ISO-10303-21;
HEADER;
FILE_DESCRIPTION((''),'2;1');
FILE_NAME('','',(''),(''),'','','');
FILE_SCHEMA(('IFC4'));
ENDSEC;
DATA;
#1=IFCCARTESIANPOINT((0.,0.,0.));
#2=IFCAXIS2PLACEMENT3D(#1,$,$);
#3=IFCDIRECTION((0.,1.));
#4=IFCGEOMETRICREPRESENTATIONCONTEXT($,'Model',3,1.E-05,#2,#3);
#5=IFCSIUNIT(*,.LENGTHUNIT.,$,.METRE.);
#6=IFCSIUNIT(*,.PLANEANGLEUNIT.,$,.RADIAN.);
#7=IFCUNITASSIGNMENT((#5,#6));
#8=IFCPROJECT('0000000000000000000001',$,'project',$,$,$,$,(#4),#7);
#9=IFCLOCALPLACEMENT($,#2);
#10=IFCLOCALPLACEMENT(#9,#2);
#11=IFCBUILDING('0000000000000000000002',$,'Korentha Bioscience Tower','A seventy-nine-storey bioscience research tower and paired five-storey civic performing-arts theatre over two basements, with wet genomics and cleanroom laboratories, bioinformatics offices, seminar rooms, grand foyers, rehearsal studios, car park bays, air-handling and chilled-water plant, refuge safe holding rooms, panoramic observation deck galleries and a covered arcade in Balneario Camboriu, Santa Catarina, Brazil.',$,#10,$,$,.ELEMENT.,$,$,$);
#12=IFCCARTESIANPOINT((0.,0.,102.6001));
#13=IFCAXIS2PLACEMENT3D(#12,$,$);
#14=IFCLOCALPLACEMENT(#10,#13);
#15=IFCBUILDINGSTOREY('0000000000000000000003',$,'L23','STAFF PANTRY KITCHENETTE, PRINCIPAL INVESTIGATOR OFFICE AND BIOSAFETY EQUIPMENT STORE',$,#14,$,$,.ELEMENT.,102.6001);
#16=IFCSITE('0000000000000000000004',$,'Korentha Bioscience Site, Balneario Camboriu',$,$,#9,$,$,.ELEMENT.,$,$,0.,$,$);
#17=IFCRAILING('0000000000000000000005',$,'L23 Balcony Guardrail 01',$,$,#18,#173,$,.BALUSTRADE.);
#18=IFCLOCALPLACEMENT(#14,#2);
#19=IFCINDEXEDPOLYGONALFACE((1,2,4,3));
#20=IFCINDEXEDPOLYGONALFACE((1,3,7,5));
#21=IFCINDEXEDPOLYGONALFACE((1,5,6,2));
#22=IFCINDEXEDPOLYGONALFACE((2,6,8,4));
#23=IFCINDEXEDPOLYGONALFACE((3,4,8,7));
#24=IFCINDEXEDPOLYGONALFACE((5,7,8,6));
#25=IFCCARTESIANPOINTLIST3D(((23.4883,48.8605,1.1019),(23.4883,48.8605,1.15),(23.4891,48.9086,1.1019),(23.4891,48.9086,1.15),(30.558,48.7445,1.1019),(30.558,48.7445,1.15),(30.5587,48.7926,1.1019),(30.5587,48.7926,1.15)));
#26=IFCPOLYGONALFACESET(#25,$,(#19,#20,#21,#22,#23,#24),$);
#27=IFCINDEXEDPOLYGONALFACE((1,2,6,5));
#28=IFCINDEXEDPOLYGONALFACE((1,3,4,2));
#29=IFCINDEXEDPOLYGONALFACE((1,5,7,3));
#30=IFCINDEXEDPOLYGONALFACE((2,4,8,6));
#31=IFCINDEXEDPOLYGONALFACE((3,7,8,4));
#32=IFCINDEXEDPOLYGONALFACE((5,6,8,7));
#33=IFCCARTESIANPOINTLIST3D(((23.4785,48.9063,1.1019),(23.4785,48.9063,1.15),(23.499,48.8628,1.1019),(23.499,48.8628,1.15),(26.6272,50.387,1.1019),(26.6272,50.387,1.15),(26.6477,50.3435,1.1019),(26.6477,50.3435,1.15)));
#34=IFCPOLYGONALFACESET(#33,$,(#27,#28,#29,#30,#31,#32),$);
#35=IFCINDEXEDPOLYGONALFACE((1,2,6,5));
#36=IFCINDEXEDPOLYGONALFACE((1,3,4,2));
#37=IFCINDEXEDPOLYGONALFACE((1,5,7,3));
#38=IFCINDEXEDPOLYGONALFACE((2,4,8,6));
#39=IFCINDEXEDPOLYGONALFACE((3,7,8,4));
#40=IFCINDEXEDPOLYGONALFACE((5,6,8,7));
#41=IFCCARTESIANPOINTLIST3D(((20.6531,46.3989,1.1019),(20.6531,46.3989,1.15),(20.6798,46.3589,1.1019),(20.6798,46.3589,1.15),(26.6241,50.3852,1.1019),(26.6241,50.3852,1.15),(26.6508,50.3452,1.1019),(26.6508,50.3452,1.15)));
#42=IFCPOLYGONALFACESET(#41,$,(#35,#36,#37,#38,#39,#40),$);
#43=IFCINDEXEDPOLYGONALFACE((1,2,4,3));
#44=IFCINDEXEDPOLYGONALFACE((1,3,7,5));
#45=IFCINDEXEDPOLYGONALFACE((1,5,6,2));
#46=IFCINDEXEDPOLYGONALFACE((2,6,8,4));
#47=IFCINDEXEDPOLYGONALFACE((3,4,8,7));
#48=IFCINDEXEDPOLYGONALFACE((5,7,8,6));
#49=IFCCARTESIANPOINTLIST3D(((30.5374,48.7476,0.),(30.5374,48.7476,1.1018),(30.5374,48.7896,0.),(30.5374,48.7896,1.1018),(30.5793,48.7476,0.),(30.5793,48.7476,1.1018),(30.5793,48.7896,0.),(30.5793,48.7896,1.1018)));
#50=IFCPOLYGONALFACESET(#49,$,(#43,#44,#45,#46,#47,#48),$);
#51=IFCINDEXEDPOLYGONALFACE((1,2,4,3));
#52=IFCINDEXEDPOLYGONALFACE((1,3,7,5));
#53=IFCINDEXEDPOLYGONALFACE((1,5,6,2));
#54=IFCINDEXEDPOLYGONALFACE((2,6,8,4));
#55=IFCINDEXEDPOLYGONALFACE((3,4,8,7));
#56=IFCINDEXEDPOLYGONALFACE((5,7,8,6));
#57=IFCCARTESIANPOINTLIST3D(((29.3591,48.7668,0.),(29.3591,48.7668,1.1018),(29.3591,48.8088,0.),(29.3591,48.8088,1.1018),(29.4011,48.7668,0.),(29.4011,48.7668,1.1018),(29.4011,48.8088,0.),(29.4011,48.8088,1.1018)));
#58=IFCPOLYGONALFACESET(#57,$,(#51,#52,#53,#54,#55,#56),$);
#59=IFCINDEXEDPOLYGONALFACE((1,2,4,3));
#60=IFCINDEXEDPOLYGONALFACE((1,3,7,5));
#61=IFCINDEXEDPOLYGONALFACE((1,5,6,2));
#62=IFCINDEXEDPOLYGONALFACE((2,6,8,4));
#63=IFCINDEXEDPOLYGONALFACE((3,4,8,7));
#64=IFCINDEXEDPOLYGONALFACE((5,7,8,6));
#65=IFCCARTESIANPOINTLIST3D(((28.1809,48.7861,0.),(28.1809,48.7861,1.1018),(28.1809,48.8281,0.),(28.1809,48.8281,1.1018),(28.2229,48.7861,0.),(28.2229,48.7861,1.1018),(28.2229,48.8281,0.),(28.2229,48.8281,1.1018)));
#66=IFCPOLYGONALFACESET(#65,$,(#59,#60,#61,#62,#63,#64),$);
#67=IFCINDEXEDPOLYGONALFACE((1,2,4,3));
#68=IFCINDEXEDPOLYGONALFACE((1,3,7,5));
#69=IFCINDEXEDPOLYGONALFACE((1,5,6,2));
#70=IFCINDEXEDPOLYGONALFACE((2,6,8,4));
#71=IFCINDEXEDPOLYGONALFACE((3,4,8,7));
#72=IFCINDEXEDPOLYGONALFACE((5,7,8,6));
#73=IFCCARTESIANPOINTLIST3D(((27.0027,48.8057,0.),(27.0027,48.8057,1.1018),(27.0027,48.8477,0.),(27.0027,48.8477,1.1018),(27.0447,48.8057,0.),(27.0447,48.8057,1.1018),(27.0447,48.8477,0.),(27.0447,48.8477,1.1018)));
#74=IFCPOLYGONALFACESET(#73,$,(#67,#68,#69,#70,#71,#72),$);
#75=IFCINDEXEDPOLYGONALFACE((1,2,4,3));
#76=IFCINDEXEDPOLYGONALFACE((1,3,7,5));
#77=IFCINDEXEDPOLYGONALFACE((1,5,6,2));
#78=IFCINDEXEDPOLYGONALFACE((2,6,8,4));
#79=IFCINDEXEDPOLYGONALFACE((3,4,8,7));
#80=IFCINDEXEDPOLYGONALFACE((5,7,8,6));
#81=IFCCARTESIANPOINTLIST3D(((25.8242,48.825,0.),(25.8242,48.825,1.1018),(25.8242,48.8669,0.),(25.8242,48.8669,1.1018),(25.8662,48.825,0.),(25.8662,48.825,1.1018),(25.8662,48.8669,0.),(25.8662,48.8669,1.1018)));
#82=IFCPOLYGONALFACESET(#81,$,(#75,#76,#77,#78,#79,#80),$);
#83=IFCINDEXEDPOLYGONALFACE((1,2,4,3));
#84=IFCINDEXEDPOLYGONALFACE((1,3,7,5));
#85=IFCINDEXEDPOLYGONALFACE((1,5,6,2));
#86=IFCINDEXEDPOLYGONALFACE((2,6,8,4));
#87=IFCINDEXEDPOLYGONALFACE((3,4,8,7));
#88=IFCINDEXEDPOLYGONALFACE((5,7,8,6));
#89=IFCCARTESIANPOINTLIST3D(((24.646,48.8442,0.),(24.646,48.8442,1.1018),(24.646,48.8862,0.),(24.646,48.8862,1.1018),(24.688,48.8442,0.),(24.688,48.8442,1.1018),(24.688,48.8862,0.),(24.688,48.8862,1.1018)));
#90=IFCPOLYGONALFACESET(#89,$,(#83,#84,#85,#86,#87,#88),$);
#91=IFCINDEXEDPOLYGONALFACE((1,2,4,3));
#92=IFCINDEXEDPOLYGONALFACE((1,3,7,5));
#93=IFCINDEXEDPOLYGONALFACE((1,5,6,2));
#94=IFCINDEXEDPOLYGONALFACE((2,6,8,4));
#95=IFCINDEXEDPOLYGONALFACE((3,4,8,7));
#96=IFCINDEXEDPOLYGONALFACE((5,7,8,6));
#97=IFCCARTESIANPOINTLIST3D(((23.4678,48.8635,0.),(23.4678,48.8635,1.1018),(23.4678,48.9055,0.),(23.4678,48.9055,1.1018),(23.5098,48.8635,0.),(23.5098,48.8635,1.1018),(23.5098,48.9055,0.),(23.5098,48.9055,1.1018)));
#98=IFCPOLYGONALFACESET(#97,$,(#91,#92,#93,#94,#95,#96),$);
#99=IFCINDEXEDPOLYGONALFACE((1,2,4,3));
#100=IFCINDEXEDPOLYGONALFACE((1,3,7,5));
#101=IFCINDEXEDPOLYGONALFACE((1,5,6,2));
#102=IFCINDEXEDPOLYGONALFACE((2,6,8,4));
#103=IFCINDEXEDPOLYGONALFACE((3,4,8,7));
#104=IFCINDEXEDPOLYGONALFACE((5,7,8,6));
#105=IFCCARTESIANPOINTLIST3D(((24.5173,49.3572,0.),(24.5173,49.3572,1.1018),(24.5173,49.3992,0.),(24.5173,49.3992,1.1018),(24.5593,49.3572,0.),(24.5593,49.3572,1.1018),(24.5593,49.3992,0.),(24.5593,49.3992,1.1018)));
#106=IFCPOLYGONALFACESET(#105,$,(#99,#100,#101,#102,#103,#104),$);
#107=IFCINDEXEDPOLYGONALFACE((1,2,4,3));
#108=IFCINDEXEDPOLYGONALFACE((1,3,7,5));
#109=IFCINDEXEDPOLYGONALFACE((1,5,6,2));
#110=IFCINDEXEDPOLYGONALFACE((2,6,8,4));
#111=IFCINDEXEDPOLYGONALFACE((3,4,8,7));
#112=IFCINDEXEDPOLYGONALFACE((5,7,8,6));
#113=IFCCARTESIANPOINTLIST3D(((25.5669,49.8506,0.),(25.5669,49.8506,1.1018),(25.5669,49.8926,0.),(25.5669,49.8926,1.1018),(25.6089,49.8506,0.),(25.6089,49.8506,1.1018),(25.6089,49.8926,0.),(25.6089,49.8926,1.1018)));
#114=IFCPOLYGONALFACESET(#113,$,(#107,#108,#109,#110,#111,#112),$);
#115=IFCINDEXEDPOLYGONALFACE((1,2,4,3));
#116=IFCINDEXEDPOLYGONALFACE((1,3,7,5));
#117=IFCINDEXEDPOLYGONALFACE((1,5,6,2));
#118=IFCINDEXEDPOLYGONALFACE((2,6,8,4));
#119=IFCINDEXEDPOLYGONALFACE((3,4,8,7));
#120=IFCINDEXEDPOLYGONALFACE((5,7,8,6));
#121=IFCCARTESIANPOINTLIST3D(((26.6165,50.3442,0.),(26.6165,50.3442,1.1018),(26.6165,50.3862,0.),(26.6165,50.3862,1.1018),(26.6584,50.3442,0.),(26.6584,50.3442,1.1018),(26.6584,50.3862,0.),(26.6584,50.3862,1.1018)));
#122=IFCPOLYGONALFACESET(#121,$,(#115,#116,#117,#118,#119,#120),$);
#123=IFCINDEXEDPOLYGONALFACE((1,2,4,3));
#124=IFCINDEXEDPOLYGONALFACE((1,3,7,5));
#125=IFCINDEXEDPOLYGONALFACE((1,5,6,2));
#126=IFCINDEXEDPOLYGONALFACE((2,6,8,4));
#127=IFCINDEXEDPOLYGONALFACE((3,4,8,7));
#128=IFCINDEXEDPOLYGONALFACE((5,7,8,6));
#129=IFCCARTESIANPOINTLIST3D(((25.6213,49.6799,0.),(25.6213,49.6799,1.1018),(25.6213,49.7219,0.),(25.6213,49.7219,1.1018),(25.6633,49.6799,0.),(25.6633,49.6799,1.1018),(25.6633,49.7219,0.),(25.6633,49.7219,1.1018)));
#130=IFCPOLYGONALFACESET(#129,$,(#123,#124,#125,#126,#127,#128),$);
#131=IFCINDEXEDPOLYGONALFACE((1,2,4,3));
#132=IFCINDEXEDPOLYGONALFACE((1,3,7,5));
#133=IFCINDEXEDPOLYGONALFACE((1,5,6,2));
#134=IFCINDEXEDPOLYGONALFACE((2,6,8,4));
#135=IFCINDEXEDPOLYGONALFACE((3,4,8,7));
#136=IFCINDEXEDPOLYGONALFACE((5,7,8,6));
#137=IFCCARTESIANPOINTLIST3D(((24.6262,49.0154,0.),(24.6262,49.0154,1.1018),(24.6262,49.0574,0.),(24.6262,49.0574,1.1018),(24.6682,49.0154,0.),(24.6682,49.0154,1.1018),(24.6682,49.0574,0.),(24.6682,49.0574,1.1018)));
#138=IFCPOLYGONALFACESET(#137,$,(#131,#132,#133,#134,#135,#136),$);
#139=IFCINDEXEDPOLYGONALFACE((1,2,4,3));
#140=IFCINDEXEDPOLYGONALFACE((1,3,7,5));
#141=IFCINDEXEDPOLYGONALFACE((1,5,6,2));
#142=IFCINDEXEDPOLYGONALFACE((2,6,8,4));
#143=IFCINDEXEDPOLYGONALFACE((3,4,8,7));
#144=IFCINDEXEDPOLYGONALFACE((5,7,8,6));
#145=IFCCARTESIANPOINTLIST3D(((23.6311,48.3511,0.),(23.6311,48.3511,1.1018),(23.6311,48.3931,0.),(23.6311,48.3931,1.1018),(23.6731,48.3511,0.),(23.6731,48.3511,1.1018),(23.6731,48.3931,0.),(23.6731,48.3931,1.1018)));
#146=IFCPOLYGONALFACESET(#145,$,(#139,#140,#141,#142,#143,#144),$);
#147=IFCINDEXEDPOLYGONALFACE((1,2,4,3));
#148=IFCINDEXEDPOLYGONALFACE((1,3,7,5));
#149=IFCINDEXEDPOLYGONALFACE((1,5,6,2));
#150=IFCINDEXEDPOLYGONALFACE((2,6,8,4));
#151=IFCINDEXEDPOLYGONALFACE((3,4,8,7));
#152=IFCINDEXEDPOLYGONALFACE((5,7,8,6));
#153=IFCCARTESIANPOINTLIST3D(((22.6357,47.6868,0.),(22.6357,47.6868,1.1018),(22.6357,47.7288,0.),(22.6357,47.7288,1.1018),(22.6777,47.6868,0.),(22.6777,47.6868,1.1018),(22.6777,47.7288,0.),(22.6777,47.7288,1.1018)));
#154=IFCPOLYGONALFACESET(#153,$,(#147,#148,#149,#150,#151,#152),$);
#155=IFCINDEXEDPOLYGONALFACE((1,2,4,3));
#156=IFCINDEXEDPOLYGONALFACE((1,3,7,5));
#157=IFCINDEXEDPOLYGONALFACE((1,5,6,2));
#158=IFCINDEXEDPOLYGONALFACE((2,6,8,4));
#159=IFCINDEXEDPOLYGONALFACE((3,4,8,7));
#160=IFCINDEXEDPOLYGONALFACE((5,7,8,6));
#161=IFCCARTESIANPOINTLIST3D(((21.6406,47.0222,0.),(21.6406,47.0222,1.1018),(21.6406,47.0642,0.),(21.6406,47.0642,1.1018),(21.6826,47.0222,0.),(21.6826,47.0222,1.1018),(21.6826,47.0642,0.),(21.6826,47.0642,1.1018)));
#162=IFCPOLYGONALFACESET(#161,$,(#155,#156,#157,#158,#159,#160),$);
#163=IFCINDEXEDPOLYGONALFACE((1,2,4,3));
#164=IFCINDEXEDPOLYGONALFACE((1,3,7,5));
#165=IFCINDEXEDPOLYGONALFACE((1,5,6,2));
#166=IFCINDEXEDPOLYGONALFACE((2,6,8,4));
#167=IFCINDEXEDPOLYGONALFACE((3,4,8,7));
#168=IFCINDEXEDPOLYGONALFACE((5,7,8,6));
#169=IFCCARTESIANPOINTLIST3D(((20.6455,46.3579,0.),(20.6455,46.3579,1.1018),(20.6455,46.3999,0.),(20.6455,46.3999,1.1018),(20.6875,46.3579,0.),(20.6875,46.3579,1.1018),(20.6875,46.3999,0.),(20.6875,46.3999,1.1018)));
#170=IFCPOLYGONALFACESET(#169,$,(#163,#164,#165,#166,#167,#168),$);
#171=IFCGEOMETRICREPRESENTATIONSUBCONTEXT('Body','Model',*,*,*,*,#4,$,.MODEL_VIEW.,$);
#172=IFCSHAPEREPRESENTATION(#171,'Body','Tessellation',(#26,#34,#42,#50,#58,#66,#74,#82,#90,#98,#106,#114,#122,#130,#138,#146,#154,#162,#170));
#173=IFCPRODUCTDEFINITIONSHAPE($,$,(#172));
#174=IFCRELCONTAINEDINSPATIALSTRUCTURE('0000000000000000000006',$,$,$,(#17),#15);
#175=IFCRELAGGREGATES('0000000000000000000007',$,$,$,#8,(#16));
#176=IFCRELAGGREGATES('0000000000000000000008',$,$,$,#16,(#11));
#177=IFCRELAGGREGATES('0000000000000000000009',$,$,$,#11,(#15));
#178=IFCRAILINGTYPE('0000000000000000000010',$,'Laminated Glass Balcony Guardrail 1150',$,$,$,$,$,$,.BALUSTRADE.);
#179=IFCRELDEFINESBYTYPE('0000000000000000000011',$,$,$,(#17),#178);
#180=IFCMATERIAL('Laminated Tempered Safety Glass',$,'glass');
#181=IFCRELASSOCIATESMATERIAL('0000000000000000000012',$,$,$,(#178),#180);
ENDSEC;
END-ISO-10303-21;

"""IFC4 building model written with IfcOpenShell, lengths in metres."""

from ifc_helpers import new_model, si_unit, direction, frame, origin, origin_2d, place, context, subcontext, project, spatial, rectangle, extrude, material, type_object, element, save


model = new_model("IFC4")

# Units and contexts
model_context = context("Model", 3, precision=1e-05, world=origin(), true_north=direction((0.0, 1.0)))
body_context = subcontext(model_context, "Body", "Model", "MODEL_VIEW")
ifc_project = project(units=[si_unit("LENGTHUNIT", "METRE"), si_unit("PLANEANGLEUNIT", "RADIAN")], contexts=[model_context])

# Site, building, storey
site_placement = place(None, origin())
site = spatial("IfcSite", under=ifc_project, at=site_placement, Name="Korentha Bioscience Site, Balneario Camboriu", CompositionType="ELEMENT", RefElevation=0.0)
building_placement = place(site_placement, origin())
building = spatial("IfcBuilding", under=site, at=building_placement, Name="Korentha Bioscience Tower", Description="A seventy-nine-storey bioscience research tower and paired five-storey civic performing-arts theatre over two basements, with wet genomics and cleanroom laboratories, bioinformatics offices, seminar rooms, grand foyers, rehearsal studios, car park bays, air-handling and chilled-water plant, refuge safe holding rooms, panoramic observation deck galleries and a covered arcade in Balneario Camboriu, Santa Catarina, Brazil.", CompositionType="ELEMENT")
storey_placement = place(building_placement, frame((0.0, 0.0, 102.6001)))
storey = spatial("IfcBuildingStorey", under=building, at=storey_placement, Name="L23", Description="STAFF PANTRY KITCHENETTE, PRINCIPAL INVESTIGATOR OFFICE AND BIOSAFETY EQUIPMENT STORE", CompositionType="ELEMENT", Elevation=102.6001)

# Railing
ifc_material_1 = material(Name="Laminated Tempered Safety Glass", Category="glass")
railing_type = type_object("IfcRailingType", Name="Laminated Glass Balcony Guardrail 1150", PredefinedType="BALUSTRADE", material=ifc_material_1)
railing_placement = place(storey_placement, frame((30.5583, 48.7686, 0.0)))
element("IfcRailing", 1, at=railing_placement, inside=storey, type_object=railing_type, Name="L23 Balcony Guardrail 01", PredefinedType="BALUSTRADE", context=body_context, shape_type="SweptSolid", body=[
    extrude(rectangle(XDim=0.0481, YDim=0.0481, at=origin_2d()), frame((0.0, 0.0, 1.126), z_axis=(-0.999865, 0.016401, 0.0), x_axis=(-0.016401, -0.999865, 0.0)), (0.0, 0.0, 1.0), 7.0706),
    extrude(rectangle(XDim=0.0481, YDim=0.0481, at=origin_2d()), frame((-7.0696, 0.116, 1.126), z_axis=(0.904932, 0.425557, 0.0), x_axis=(-0.425557, 0.904932, 0.0)), (0.0, 0.0, 1.0), 3.4795),
    extrude(rectangle(XDim=0.0481, YDim=0.0481, at=origin_2d()), frame((-3.9209, 1.5967, 1.126), z_axis=(-0.831684, -0.555249, 0.0), x_axis=(0.555249, -0.831684, 0.0)), (0.0, 0.0, 1.0), 7.1794),
    extrude(rectangle(XDim=0.042, YDim=0.042, at=origin_2d()), origin(), (0.0, 0.0, 1.0), 1.1018),
    extrude(rectangle(XDim=0.042, YDim=0.042, at=origin_2d()), frame((-1.1782, 0.0193, 0.0)), (0.0, 0.0, 1.0), 1.1018),
    extrude(rectangle(XDim=0.042, YDim=0.042, at=origin_2d()), frame((-2.3564, 0.0386, 0.0)), (0.0, 0.0, 1.0), 1.1018),
    extrude(rectangle(XDim=0.042, YDim=0.042, at=origin_2d()), frame((-3.5347, 0.0581, 0.0)), (0.0, 0.0, 1.0), 1.1018),
    extrude(rectangle(XDim=0.042, YDim=0.042, at=origin_2d()), frame((-4.7131, 0.0774, 0.0)), (0.0, 0.0, 1.0), 1.1018),
    extrude(rectangle(XDim=0.042, YDim=0.042, at=origin_2d()), frame((-5.8914, 0.0967, 0.0)), (0.0, 0.0, 1.0), 1.1018),
    extrude(rectangle(XDim=0.042, YDim=0.042, at=origin_2d()), frame((-7.0696, 0.116, 0.0)), (0.0, 0.0, 1.0), 1.1018),
    extrude(rectangle(XDim=0.042, YDim=0.042, at=origin_2d()), frame((-6.02, 0.6096, 0.0)), (0.0, 0.0, 1.0), 1.1018),
    extrude(rectangle(XDim=0.042, YDim=0.042, at=origin_2d()), frame((-4.9705, 1.103, 0.0)), (0.0, 0.0, 1.0), 1.1018),
    extrude(rectangle(XDim=0.042, YDim=0.042, at=origin_2d()), frame((-3.9209, 1.5967, 0.0)), (0.0, 0.0, 1.0), 1.1018),
    extrude(rectangle(XDim=0.042, YDim=0.042, at=origin_2d()), frame((-4.916, 0.9324, 0.0)), (0.0, 0.0, 1.0), 1.1018),
    extrude(rectangle(XDim=0.042, YDim=0.042, at=origin_2d()), frame((-5.9111, 0.2678, 0.0)), (0.0, 0.0, 1.0), 1.1018),
    extrude(rectangle(XDim=0.042, YDim=0.042, at=origin_2d()), frame((-6.9062, -0.3965, 0.0)), (0.0, 0.0, 1.0), 1.1018),
    extrude(rectangle(XDim=0.042, YDim=0.042, at=origin_2d()), frame((-7.9016, -1.0608, 0.0)), (0.0, 0.0, 1.0), 1.1018),
    extrude(rectangle(XDim=0.042, YDim=0.042, at=origin_2d()), frame((-8.8967, -1.7253, 0.0)), (0.0, 0.0, 1.0), 1.1018),
    extrude(rectangle(XDim=0.042, YDim=0.042, at=origin_2d()), frame((-9.8918, -2.3896, 0.0)), (0.0, 0.0, 1.0), 1.1018),
])

save(model, "model.ifc")
